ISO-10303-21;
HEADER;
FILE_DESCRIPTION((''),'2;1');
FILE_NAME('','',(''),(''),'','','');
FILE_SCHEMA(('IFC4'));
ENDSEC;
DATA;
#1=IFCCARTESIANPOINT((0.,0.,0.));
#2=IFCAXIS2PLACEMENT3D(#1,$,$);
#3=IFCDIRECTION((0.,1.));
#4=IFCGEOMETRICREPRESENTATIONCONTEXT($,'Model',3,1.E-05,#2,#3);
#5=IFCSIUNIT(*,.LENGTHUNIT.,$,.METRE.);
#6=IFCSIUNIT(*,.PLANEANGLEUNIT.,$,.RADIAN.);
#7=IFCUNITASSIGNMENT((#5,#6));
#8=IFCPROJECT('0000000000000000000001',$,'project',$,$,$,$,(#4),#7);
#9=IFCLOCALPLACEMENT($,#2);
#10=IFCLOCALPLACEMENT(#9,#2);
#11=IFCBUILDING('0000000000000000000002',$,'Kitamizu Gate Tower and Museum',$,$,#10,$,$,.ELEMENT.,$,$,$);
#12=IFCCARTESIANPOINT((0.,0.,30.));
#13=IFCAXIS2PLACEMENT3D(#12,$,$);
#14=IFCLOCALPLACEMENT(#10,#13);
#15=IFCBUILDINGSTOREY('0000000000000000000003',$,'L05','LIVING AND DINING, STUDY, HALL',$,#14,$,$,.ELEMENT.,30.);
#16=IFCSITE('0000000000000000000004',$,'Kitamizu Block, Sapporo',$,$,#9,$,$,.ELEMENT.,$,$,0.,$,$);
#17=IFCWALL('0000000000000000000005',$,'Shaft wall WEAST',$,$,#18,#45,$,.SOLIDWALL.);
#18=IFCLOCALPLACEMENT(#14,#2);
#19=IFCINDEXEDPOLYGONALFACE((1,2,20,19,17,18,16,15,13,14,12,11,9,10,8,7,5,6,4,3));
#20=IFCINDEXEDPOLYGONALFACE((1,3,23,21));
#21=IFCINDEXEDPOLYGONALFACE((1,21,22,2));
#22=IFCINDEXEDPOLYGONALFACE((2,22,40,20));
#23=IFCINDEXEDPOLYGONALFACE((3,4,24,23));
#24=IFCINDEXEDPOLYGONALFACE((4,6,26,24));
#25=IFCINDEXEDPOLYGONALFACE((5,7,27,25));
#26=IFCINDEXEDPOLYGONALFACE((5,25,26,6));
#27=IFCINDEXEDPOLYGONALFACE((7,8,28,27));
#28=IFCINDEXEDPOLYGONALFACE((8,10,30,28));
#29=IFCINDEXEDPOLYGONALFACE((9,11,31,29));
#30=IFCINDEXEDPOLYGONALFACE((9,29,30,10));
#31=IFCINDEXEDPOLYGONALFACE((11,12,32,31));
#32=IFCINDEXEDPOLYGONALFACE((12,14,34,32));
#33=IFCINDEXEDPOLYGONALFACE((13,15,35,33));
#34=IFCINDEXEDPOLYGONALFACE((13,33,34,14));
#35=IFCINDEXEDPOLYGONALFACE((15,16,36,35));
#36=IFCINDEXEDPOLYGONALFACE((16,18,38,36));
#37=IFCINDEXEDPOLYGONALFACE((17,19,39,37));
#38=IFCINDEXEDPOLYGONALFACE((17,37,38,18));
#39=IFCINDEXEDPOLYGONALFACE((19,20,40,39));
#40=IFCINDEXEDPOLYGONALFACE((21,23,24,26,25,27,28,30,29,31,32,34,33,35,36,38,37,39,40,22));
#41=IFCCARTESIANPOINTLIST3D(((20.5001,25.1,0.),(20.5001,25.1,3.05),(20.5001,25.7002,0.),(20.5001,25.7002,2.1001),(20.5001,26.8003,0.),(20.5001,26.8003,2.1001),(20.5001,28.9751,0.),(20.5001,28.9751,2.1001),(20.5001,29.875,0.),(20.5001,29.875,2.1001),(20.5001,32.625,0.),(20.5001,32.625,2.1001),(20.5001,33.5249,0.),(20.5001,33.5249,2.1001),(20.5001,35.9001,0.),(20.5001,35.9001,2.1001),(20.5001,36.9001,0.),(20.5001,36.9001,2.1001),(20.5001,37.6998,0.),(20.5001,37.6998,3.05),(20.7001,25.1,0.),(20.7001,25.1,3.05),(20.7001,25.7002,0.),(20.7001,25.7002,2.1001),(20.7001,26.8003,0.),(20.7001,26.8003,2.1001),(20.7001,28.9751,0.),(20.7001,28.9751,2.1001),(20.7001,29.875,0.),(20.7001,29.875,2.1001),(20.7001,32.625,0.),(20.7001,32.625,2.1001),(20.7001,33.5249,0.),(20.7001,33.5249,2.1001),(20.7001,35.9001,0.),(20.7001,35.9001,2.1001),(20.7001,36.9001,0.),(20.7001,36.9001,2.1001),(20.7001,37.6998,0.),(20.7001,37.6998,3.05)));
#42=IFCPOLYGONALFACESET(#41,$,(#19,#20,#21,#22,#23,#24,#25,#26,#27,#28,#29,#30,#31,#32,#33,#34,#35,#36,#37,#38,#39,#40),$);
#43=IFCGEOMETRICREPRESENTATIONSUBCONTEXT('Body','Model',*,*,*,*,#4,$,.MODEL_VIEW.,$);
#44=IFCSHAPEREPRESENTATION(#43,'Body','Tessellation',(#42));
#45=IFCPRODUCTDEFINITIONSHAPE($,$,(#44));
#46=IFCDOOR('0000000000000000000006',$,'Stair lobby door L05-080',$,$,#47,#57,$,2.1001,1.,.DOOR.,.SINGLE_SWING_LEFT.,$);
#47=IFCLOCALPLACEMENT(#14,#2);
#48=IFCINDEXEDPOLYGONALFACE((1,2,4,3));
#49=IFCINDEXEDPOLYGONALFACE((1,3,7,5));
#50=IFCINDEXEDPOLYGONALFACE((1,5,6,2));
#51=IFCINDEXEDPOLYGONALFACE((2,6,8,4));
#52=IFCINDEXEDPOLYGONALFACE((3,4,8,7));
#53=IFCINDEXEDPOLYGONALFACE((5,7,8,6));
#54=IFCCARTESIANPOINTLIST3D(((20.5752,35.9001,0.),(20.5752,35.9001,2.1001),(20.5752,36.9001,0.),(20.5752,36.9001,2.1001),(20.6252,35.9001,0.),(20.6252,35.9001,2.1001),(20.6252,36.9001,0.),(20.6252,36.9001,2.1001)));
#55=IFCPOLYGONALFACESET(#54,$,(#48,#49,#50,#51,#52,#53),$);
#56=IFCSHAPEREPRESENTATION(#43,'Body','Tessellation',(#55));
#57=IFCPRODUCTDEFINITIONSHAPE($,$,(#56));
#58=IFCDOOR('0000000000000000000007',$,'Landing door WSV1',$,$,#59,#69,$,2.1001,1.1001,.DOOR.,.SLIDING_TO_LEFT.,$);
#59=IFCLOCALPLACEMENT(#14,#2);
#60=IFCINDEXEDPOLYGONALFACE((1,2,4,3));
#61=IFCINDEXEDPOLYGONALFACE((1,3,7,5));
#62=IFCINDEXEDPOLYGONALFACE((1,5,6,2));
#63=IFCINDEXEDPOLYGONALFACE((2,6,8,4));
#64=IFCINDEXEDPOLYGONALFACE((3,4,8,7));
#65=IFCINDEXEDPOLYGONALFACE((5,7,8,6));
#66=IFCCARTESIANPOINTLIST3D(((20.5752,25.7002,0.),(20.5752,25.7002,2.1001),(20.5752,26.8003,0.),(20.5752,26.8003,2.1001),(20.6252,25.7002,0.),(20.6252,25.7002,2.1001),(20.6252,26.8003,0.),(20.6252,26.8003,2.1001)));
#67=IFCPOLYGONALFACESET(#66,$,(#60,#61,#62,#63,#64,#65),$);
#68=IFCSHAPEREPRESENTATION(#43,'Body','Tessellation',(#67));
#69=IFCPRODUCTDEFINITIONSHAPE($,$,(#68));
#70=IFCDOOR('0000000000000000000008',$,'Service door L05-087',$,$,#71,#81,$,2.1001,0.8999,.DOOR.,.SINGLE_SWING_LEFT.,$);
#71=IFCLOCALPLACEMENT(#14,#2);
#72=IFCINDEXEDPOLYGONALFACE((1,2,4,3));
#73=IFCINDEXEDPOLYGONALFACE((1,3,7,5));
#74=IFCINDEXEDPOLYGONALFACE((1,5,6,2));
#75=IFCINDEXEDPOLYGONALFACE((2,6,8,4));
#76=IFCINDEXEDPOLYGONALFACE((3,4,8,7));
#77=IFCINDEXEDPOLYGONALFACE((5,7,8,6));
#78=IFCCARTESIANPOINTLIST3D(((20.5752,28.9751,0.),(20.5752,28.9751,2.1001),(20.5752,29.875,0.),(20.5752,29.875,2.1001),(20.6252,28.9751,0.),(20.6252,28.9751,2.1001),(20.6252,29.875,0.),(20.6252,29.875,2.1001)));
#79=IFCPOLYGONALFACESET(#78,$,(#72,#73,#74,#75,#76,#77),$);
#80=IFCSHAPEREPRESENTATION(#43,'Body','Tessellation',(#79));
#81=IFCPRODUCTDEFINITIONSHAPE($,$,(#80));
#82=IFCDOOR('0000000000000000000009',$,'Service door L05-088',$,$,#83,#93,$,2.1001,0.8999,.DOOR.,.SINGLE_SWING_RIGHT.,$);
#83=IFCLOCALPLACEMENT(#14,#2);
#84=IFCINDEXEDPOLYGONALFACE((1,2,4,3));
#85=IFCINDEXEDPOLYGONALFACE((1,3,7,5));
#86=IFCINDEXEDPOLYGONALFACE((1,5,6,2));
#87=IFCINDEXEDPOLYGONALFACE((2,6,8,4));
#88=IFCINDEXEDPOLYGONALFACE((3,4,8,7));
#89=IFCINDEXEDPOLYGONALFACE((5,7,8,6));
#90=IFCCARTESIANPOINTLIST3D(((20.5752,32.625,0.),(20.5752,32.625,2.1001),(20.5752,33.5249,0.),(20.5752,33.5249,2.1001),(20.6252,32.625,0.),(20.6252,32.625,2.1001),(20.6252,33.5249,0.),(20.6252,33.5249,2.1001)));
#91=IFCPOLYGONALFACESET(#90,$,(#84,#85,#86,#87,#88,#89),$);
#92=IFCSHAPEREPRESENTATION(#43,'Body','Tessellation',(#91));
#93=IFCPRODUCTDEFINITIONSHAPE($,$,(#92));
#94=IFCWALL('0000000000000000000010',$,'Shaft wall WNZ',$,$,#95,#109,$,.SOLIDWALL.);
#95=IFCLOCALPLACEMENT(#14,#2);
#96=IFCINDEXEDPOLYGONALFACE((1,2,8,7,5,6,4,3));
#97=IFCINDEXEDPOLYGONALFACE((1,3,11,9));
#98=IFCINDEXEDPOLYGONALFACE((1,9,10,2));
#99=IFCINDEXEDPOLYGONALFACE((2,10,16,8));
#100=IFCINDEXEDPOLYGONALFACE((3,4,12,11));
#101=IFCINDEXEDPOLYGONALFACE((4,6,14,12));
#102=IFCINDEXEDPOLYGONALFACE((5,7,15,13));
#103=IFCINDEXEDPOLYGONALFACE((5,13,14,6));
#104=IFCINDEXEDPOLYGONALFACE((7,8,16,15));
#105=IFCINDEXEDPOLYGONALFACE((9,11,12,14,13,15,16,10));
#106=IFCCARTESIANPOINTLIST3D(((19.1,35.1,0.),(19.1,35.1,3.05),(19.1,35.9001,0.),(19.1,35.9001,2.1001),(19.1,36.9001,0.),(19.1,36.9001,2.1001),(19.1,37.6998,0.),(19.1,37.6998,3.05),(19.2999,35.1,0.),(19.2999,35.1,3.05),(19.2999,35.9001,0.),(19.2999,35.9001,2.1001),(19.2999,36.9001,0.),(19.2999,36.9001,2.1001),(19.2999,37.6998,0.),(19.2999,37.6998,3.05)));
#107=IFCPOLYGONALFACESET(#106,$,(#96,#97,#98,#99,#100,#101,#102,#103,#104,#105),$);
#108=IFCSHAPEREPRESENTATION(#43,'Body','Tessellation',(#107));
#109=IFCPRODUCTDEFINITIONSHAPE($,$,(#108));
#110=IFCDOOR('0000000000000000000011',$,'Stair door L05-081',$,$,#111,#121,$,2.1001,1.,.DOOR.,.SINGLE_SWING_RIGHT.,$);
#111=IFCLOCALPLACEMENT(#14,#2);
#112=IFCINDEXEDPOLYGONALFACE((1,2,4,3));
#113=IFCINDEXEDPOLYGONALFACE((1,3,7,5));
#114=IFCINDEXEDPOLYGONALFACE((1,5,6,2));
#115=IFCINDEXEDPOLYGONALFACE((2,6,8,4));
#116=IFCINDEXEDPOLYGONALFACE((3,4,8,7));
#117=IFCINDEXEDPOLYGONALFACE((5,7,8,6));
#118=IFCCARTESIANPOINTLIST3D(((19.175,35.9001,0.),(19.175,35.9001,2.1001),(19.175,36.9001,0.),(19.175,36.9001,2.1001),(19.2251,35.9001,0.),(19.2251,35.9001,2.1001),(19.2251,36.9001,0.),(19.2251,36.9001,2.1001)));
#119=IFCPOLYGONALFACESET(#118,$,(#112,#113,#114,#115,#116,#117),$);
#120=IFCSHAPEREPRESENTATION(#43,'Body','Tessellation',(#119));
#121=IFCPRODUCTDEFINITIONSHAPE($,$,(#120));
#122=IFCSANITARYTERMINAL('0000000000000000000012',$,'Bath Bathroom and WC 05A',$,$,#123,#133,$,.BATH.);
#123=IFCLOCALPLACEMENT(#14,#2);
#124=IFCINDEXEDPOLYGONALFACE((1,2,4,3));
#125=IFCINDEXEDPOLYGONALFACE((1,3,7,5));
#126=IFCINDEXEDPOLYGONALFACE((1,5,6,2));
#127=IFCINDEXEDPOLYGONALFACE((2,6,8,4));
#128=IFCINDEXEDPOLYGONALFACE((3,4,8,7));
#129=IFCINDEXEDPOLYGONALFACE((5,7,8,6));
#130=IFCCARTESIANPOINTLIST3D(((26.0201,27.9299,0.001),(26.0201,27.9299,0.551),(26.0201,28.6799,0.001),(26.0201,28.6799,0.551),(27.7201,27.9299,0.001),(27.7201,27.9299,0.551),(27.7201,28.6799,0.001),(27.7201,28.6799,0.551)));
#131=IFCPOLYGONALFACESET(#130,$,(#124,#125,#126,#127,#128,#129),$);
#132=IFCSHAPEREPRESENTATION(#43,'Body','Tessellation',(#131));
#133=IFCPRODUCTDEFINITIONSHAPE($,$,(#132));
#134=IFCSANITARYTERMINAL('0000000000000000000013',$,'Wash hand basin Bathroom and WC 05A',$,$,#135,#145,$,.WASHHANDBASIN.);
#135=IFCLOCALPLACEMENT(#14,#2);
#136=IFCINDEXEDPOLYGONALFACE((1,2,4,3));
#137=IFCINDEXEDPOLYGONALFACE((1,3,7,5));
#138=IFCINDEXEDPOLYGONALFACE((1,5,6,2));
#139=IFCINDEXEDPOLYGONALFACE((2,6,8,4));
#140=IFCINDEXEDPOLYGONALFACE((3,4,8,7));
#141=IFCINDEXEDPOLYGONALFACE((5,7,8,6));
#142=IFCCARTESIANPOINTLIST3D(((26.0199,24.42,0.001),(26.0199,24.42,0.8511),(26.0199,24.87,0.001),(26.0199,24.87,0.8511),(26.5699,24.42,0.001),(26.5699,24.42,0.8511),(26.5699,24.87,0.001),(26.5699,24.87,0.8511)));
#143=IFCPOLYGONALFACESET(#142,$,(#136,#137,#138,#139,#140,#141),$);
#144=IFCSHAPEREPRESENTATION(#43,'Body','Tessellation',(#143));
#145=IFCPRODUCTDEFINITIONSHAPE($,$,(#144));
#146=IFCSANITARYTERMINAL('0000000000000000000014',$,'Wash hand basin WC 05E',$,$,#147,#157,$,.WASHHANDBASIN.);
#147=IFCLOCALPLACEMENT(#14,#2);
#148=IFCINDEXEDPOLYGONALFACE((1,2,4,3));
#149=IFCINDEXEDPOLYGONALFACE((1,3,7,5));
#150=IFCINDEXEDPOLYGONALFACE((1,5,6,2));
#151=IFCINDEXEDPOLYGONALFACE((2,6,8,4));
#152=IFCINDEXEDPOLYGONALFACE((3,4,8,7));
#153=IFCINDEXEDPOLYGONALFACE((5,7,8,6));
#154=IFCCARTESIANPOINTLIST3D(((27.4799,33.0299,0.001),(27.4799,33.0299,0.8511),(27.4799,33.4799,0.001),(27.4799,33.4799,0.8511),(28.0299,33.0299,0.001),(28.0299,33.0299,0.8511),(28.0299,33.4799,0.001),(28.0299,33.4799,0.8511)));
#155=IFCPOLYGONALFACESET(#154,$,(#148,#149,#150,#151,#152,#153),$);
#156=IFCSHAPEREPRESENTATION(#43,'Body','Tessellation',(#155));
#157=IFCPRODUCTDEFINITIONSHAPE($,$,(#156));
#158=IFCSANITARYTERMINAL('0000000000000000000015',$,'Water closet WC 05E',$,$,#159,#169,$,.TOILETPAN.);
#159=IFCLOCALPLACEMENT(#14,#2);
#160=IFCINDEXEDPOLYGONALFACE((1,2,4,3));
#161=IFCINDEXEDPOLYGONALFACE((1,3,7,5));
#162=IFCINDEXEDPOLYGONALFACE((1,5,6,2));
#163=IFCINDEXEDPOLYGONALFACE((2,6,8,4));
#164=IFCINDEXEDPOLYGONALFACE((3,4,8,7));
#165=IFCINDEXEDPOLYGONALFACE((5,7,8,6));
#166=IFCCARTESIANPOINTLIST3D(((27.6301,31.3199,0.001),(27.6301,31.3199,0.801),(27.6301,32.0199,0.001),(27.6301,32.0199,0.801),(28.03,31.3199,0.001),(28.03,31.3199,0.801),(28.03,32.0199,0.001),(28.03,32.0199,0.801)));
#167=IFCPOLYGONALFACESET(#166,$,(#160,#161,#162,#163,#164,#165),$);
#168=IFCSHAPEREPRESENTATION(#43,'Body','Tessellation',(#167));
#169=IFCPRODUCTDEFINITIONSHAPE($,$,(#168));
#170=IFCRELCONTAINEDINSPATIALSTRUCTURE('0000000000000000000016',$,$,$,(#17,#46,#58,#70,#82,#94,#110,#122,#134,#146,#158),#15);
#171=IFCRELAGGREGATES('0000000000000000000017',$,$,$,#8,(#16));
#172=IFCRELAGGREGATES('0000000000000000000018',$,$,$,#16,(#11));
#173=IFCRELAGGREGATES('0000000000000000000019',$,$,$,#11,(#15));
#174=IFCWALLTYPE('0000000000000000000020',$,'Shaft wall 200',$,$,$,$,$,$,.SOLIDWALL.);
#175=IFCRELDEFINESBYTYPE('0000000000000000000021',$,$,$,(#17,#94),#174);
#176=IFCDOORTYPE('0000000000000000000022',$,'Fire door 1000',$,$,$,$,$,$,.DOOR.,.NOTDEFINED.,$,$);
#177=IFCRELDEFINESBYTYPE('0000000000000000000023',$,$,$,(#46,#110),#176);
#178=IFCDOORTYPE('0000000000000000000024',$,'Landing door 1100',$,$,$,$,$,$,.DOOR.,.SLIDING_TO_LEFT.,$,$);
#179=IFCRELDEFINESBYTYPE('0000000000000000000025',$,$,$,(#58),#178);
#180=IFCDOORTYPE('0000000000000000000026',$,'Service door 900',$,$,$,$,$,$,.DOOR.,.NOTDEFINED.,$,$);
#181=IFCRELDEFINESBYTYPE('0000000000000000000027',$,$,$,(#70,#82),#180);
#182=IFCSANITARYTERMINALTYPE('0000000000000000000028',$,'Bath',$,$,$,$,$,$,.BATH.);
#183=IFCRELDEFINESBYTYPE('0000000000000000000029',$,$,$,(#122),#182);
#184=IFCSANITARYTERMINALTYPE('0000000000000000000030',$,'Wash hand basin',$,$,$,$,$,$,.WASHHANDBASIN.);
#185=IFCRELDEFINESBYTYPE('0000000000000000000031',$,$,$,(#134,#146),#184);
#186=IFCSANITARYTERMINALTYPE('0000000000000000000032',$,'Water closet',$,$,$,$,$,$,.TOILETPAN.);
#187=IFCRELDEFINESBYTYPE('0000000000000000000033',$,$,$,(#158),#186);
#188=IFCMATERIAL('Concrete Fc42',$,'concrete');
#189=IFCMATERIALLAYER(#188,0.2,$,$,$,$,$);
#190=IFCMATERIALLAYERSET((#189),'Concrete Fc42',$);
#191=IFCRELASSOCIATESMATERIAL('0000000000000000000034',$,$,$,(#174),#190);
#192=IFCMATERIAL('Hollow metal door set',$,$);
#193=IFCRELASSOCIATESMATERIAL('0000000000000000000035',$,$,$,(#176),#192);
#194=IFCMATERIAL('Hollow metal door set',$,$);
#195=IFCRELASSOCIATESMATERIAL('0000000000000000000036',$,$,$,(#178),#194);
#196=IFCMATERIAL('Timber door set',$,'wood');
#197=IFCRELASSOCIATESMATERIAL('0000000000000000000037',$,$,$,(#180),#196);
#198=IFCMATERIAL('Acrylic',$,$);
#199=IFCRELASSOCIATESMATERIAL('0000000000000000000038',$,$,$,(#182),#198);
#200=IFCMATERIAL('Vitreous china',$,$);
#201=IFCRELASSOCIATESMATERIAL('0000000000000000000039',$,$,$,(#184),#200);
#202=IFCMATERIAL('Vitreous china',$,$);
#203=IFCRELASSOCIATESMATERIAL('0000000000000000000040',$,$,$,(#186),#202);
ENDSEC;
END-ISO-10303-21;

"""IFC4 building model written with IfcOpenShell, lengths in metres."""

from ifc_helpers import new_model, si_unit, direction, frame, frame_2d, origin, origin_2d, place, context, subcontext, project, spatial, rectangle, extrude, material, layer, layer_set, type_object, element, fill, save


model = new_model("IFC4")

# Units and contexts
model_context = context("Model", 3, precision=1e-05, world=origin(), true_north=direction((0.0, 1.0)))
body_context = subcontext(model_context, "Body", "Model", "MODEL_VIEW")
ifc_project = project(units=[si_unit("LENGTHUNIT", "METRE"), si_unit("PLANEANGLEUNIT", "RADIAN")], contexts=[model_context])

# Site, building, storey
site_placement = place(None, origin())
site = spatial("IfcSite", under=ifc_project, at=site_placement, Name="Kitamizu Block, Sapporo", CompositionType="ELEMENT", RefElevation=0.0)
building_placement = place(site_placement, origin())
building = spatial("IfcBuilding", under=site, at=building_placement, Name="Kitamizu Gate Tower and Museum", CompositionType="ELEMENT")
storey_placement = place(building_placement, frame((0.0, 0.0, 30.0)))
storey = spatial("IfcBuildingStorey", under=building, at=storey_placement, Name="L05", Description="LIVING AND DINING, STUDY, HALL", CompositionType="ELEMENT", Elevation=30.0)

# Wall, openings, doors
ifc_material_1 = material(Name="Concrete Fc42", Category="concrete")
ifc_layer_1 = layer(ifc_material_1, 0.2)
ifc_layer_set_1 = layer_set([ifc_layer_1], Name="Concrete Fc42")
wall_type_1 = type_object("IfcWallType", Name="Shaft wall 200", PredefinedType="SOLIDWALL", material=ifc_layer_set_1)
wall_1_placement = place(storey_placement, frame((20.6001, 25.1001, 0.0), z_axis=(0.0, 0.0, 1.0), x_axis=(0.0, 1.0, 0.0)))
wall_1 = element("IfcWall", 1, at=wall_1_placement, inside=storey, type_object=wall_type_1, Name="Shaft wall WEAST", PredefinedType="SOLIDWALL", context=body_context, shape_type="SweptSolid", body=[
    extrude(rectangle(XDim=12.5999, YDim=0.2, at=frame_2d((6.2998, 0.0))), origin(), (0.0, 0.0, 1.0), 3.05),
])
opening_1_placement = place(wall_1_placement, frame((0.6001, 0.0, 0.0)))
opening_1 = element("IfcOpeningElement", 2, at=opening_1_placement, cuts=wall_1, PredefinedType="OPENING", context=body_context, shape_type="SweptSolid", body=[
    extrude(rectangle(XDim=1.1001, YDim=2.1001, at=frame_2d((0.55, 1.05))), frame((0.0, 0.1099, 0.0), z_axis=(0.0, -1.0, 0.0), x_axis=(1.0, 0.0, 0.0)), (0.0, 0.0, 1.0), 0.22),
])
opening_2_placement = place(wall_1_placement, frame((10.8, 0.0, 0.0)))
opening_2 = element("IfcOpeningElement", 3, at=opening_2_placement, cuts=wall_1, PredefinedType="OPENING", context=body_context, shape_type="SweptSolid", body=[
    extrude(rectangle(XDim=1.0, YDim=2.1001, at=frame_2d((0.5, 1.05))), frame((0.0, 0.1099, 0.0), z_axis=(0.0, -1.0, 0.0), x_axis=(1.0, 0.0, 0.0)), (0.0, 0.0, 1.0), 0.22),
])
opening_3_placement = place(wall_1_placement, frame((3.875, 0.0, 0.0)))
opening_3 = element("IfcOpeningElement", 4, at=opening_3_placement, cuts=wall_1, PredefinedType="OPENING", context=body_context, shape_type="SweptSolid", body=[
    extrude(rectangle(XDim=0.8999, YDim=2.1001, at=frame_2d((0.45, 1.05))), frame((0.0, 0.1099, 0.0), z_axis=(0.0, -1.0, 0.0), x_axis=(1.0, 0.0, 0.0)), (0.0, 0.0, 1.0), 0.22),
])
opening_4_placement = place(wall_1_placement, frame((7.5249, 0.0, 0.0)))
opening_4 = element("IfcOpeningElement", 5, at=opening_4_placement, cuts=wall_1, PredefinedType="OPENING", context=body_context, shape_type="SweptSolid", body=[
    extrude(rectangle(XDim=0.8999, YDim=2.1001, at=frame_2d((0.45, 1.05))), frame((0.0, 0.1099, 0.0), z_axis=(0.0, -1.0, 0.0), x_axis=(1.0, 0.0, 0.0)), (0.0, 0.0, 1.0), 0.22),
])
ifc_material_2 = material(Name="Hollow metal door set")
door_type_1 = type_object("IfcDoorType", Name="Fire door 1000", OperationType="NOTDEFINED", PredefinedType="DOOR", material=ifc_material_2)
door_1_placement = place(opening_2_placement, origin())
door_1 = element("IfcDoor", 6, at=door_1_placement, inside=storey, type_object=door_type_1, Name="Stair lobby door L05-080", OperationType="SINGLE_SWING_LEFT", OverallHeight=2.1001, OverallWidth=1.0, PredefinedType="DOOR", context=body_context, shape_type="SweptSolid", body=[
    extrude(rectangle(XDim=1.0, YDim=2.1001, at=frame_2d((0.5, 1.05))), frame((0.0, 0.0249, 0.0), z_axis=(0.0, -1.0, 0.0), x_axis=(1.0, 0.0, 0.0)), (0.0, 0.0, 1.0), 0.05),
])
fill(opening_2, door_1)
ifc_material_3 = material(Name="Hollow metal door set")
door_type_2 = type_object("IfcDoorType", Name="Landing door 1100", OperationType="SLIDING_TO_LEFT", PredefinedType="DOOR", material=ifc_material_3)
door_2_placement = place(opening_1_placement, origin())
door_2 = element("IfcDoor", 7, at=door_2_placement, inside=storey, type_object=door_type_2, Name="Landing door WSV1", OperationType="SLIDING_TO_LEFT", OverallHeight=2.1001, OverallWidth=1.1001, PredefinedType="DOOR", context=body_context, shape_type="SweptSolid", body=[
    extrude(rectangle(XDim=1.1001, YDim=2.1001, at=frame_2d((0.55, 1.05))), frame((0.0, 0.0249, 0.0), z_axis=(0.0, -1.0, 0.0), x_axis=(1.0, 0.0, 0.0)), (0.0, 0.0, 1.0), 0.05),
])
fill(opening_1, door_2)
ifc_material_4 = material(Name="Timber door set", Category="wood")
door_type_3 = type_object("IfcDoorType", Name="Service door 900", OperationType="NOTDEFINED", PredefinedType="DOOR", material=ifc_material_4)
door_3_placement = place(opening_3_placement, origin())
door_3 = element("IfcDoor", 8, at=door_3_placement, inside=storey, type_object=door_type_3, Name="Service door L05-087", OperationType="SINGLE_SWING_LEFT", OverallHeight=2.1001, OverallWidth=0.8999, PredefinedType="DOOR", context=body_context, shape_type="SweptSolid", body=[
    extrude(rectangle(XDim=0.8999, YDim=2.1001, at=frame_2d((0.45, 1.05))), frame((0.0, 0.0249, 0.0), z_axis=(0.0, -1.0, 0.0), x_axis=(1.0, 0.0, 0.0)), (0.0, 0.0, 1.0), 0.05),
])
fill(opening_3, door_3)
door_4_placement = place(opening_4_placement, origin())
door_4 = element("IfcDoor", 9, at=door_4_placement, inside=storey, type_object=door_type_3, Name="Service door L05-088", OperationType="SINGLE_SWING_RIGHT", OverallHeight=2.1001, OverallWidth=0.8999, PredefinedType="DOOR", context=body_context, shape_type="SweptSolid", body=[
    extrude(rectangle(XDim=0.8999, YDim=2.1001, at=frame_2d((0.45, 1.05))), frame((0.0, 0.0249, 0.0), z_axis=(0.0, -1.0, 0.0), x_axis=(1.0, 0.0, 0.0)), (0.0, 0.0, 1.0), 0.05),
])
fill(opening_4, door_4)

# Wall, opening, door
wall_2_placement = place(storey_placement, frame((19.2, 35.1001, 0.0), z_axis=(0.0, 0.0, 1.0), x_axis=(0.0, 1.0, 0.0)))
wall_2 = element("IfcWall", 10, at=wall_2_placement, inside=storey, type_object=wall_type_1, Name="Shaft wall WNZ", PredefinedType="SOLIDWALL", context=body_context, shape_type="SweptSolid", body=[
    extrude(rectangle(XDim=2.5999, YDim=0.2, at=frame_2d((1.2998, 0.0))), origin(), (0.0, 0.0, 1.0), 3.05),
])
opening_5_placement = place(wall_2_placement, frame((0.8, 0.0, 0.0)))
opening_5 = element("IfcOpeningElement", 11, at=opening_5_placement, cuts=wall_2, PredefinedType="OPENING", context=body_context, shape_type="SweptSolid", body=[
    extrude(rectangle(XDim=1.0, YDim=2.1001, at=frame_2d((0.5, 1.05))), frame((0.0, 0.1099, 0.0), z_axis=(0.0, -1.0, 0.0), x_axis=(1.0, 0.0, 0.0)), (0.0, 0.0, 1.0), 0.22),
])
door_5_placement = place(opening_5_placement, origin())
door_5 = element("IfcDoor", 12, at=door_5_placement, inside=storey, type_object=door_type_1, Name="Stair door L05-081", OperationType="SINGLE_SWING_RIGHT", OverallHeight=2.1001, OverallWidth=1.0, PredefinedType="DOOR", context=body_context, shape_type="SweptSolid", body=[
    extrude(rectangle(XDim=1.0, YDim=2.1001, at=frame_2d((0.5, 1.05))), frame((0.0, 0.0249, 0.0), z_axis=(0.0, -1.0, 0.0), x_axis=(1.0, 0.0, 0.0)), (0.0, 0.0, 1.0), 0.05),
])
fill(opening_5, door_5)

# Sanitary terminals
ifc_material_5 = material(Name="Acrylic")
sanitary_terminal_type_1 = type_object("IfcSanitaryTerminalType", Name="Bath", PredefinedType="BATH", material=ifc_material_5)
sanitary_terminal_1_placement = place(storey_placement, frame((26.8701, 28.3049, 0.001), z_axis=(0.0, 0.0, 1.0), x_axis=(1.0, 0.0, 0.0)))
element("IfcSanitaryTerminal", 13, at=sanitary_terminal_1_placement, inside=storey, type_object=sanitary_terminal_type_1, Name="Bath Bathroom and WC 05A", PredefinedType="BATH", context=body_context, shape_type="SweptSolid", body=[
    extrude(rectangle(XDim=1.7, YDim=0.75, at=origin_2d()), origin(), (0.0, 0.0, 1.0), 0.55),
])
ifc_material_6 = material(Name="Vitreous china")
sanitary_terminal_type_2 = type_object("IfcSanitaryTerminalType", Name="Wash hand basin", PredefinedType="WASHHANDBASIN", material=ifc_material_6)
for number, where, z_axis, x_axis, name in (
    (14, (26.2949, 24.645, 0.001), (0.0, 0.0, 1.0), (1.0, 0.0, 0.0), "Wash hand basin Bathroom and WC 05A"),
    (15, (27.7549, 33.2549, 0.001), (0.0, 0.0, 1.0), (1.0, 0.0, 0.0), "Wash hand basin WC 05E"),
):
    element("IfcSanitaryTerminal", number, at=place(storey_placement, frame(where, z_axis=z_axis, x_axis=x_axis)), inside=storey, type_object=sanitary_terminal_type_2, Name=name, PredefinedType="WASHHANDBASIN", context=body_context, shape_type="SweptSolid", body=[
        extrude(rectangle(XDim=0.55, YDim=0.45, at=origin_2d()), origin(), (0.0, 0.0, 1.0), 0.8501),
    ])
ifc_material_7 = material(Name="Vitreous china")
sanitary_terminal_type_3 = type_object("IfcSanitaryTerminalType", Name="Water closet", PredefinedType="TOILETPAN", material=ifc_material_7)
sanitary_terminal_2_placement = place(storey_placement, frame((27.8301, 31.6699, 0.001), z_axis=(0.0, 0.0, 1.0), x_axis=(1.0, 0.0, 0.0)))
element("IfcSanitaryTerminal", 16, at=sanitary_terminal_2_placement, inside=storey, type_object=sanitary_terminal_type_3, Name="Water closet WC 05E", PredefinedType="TOILETPAN", context=body_context, shape_type="SweptSolid", body=[
    extrude(rectangle(XDim=0.3999, YDim=0.7, at=origin_2d()), origin(), (0.0, 0.0, 1.0), 0.8),
])

save(model, "model.ifc")
